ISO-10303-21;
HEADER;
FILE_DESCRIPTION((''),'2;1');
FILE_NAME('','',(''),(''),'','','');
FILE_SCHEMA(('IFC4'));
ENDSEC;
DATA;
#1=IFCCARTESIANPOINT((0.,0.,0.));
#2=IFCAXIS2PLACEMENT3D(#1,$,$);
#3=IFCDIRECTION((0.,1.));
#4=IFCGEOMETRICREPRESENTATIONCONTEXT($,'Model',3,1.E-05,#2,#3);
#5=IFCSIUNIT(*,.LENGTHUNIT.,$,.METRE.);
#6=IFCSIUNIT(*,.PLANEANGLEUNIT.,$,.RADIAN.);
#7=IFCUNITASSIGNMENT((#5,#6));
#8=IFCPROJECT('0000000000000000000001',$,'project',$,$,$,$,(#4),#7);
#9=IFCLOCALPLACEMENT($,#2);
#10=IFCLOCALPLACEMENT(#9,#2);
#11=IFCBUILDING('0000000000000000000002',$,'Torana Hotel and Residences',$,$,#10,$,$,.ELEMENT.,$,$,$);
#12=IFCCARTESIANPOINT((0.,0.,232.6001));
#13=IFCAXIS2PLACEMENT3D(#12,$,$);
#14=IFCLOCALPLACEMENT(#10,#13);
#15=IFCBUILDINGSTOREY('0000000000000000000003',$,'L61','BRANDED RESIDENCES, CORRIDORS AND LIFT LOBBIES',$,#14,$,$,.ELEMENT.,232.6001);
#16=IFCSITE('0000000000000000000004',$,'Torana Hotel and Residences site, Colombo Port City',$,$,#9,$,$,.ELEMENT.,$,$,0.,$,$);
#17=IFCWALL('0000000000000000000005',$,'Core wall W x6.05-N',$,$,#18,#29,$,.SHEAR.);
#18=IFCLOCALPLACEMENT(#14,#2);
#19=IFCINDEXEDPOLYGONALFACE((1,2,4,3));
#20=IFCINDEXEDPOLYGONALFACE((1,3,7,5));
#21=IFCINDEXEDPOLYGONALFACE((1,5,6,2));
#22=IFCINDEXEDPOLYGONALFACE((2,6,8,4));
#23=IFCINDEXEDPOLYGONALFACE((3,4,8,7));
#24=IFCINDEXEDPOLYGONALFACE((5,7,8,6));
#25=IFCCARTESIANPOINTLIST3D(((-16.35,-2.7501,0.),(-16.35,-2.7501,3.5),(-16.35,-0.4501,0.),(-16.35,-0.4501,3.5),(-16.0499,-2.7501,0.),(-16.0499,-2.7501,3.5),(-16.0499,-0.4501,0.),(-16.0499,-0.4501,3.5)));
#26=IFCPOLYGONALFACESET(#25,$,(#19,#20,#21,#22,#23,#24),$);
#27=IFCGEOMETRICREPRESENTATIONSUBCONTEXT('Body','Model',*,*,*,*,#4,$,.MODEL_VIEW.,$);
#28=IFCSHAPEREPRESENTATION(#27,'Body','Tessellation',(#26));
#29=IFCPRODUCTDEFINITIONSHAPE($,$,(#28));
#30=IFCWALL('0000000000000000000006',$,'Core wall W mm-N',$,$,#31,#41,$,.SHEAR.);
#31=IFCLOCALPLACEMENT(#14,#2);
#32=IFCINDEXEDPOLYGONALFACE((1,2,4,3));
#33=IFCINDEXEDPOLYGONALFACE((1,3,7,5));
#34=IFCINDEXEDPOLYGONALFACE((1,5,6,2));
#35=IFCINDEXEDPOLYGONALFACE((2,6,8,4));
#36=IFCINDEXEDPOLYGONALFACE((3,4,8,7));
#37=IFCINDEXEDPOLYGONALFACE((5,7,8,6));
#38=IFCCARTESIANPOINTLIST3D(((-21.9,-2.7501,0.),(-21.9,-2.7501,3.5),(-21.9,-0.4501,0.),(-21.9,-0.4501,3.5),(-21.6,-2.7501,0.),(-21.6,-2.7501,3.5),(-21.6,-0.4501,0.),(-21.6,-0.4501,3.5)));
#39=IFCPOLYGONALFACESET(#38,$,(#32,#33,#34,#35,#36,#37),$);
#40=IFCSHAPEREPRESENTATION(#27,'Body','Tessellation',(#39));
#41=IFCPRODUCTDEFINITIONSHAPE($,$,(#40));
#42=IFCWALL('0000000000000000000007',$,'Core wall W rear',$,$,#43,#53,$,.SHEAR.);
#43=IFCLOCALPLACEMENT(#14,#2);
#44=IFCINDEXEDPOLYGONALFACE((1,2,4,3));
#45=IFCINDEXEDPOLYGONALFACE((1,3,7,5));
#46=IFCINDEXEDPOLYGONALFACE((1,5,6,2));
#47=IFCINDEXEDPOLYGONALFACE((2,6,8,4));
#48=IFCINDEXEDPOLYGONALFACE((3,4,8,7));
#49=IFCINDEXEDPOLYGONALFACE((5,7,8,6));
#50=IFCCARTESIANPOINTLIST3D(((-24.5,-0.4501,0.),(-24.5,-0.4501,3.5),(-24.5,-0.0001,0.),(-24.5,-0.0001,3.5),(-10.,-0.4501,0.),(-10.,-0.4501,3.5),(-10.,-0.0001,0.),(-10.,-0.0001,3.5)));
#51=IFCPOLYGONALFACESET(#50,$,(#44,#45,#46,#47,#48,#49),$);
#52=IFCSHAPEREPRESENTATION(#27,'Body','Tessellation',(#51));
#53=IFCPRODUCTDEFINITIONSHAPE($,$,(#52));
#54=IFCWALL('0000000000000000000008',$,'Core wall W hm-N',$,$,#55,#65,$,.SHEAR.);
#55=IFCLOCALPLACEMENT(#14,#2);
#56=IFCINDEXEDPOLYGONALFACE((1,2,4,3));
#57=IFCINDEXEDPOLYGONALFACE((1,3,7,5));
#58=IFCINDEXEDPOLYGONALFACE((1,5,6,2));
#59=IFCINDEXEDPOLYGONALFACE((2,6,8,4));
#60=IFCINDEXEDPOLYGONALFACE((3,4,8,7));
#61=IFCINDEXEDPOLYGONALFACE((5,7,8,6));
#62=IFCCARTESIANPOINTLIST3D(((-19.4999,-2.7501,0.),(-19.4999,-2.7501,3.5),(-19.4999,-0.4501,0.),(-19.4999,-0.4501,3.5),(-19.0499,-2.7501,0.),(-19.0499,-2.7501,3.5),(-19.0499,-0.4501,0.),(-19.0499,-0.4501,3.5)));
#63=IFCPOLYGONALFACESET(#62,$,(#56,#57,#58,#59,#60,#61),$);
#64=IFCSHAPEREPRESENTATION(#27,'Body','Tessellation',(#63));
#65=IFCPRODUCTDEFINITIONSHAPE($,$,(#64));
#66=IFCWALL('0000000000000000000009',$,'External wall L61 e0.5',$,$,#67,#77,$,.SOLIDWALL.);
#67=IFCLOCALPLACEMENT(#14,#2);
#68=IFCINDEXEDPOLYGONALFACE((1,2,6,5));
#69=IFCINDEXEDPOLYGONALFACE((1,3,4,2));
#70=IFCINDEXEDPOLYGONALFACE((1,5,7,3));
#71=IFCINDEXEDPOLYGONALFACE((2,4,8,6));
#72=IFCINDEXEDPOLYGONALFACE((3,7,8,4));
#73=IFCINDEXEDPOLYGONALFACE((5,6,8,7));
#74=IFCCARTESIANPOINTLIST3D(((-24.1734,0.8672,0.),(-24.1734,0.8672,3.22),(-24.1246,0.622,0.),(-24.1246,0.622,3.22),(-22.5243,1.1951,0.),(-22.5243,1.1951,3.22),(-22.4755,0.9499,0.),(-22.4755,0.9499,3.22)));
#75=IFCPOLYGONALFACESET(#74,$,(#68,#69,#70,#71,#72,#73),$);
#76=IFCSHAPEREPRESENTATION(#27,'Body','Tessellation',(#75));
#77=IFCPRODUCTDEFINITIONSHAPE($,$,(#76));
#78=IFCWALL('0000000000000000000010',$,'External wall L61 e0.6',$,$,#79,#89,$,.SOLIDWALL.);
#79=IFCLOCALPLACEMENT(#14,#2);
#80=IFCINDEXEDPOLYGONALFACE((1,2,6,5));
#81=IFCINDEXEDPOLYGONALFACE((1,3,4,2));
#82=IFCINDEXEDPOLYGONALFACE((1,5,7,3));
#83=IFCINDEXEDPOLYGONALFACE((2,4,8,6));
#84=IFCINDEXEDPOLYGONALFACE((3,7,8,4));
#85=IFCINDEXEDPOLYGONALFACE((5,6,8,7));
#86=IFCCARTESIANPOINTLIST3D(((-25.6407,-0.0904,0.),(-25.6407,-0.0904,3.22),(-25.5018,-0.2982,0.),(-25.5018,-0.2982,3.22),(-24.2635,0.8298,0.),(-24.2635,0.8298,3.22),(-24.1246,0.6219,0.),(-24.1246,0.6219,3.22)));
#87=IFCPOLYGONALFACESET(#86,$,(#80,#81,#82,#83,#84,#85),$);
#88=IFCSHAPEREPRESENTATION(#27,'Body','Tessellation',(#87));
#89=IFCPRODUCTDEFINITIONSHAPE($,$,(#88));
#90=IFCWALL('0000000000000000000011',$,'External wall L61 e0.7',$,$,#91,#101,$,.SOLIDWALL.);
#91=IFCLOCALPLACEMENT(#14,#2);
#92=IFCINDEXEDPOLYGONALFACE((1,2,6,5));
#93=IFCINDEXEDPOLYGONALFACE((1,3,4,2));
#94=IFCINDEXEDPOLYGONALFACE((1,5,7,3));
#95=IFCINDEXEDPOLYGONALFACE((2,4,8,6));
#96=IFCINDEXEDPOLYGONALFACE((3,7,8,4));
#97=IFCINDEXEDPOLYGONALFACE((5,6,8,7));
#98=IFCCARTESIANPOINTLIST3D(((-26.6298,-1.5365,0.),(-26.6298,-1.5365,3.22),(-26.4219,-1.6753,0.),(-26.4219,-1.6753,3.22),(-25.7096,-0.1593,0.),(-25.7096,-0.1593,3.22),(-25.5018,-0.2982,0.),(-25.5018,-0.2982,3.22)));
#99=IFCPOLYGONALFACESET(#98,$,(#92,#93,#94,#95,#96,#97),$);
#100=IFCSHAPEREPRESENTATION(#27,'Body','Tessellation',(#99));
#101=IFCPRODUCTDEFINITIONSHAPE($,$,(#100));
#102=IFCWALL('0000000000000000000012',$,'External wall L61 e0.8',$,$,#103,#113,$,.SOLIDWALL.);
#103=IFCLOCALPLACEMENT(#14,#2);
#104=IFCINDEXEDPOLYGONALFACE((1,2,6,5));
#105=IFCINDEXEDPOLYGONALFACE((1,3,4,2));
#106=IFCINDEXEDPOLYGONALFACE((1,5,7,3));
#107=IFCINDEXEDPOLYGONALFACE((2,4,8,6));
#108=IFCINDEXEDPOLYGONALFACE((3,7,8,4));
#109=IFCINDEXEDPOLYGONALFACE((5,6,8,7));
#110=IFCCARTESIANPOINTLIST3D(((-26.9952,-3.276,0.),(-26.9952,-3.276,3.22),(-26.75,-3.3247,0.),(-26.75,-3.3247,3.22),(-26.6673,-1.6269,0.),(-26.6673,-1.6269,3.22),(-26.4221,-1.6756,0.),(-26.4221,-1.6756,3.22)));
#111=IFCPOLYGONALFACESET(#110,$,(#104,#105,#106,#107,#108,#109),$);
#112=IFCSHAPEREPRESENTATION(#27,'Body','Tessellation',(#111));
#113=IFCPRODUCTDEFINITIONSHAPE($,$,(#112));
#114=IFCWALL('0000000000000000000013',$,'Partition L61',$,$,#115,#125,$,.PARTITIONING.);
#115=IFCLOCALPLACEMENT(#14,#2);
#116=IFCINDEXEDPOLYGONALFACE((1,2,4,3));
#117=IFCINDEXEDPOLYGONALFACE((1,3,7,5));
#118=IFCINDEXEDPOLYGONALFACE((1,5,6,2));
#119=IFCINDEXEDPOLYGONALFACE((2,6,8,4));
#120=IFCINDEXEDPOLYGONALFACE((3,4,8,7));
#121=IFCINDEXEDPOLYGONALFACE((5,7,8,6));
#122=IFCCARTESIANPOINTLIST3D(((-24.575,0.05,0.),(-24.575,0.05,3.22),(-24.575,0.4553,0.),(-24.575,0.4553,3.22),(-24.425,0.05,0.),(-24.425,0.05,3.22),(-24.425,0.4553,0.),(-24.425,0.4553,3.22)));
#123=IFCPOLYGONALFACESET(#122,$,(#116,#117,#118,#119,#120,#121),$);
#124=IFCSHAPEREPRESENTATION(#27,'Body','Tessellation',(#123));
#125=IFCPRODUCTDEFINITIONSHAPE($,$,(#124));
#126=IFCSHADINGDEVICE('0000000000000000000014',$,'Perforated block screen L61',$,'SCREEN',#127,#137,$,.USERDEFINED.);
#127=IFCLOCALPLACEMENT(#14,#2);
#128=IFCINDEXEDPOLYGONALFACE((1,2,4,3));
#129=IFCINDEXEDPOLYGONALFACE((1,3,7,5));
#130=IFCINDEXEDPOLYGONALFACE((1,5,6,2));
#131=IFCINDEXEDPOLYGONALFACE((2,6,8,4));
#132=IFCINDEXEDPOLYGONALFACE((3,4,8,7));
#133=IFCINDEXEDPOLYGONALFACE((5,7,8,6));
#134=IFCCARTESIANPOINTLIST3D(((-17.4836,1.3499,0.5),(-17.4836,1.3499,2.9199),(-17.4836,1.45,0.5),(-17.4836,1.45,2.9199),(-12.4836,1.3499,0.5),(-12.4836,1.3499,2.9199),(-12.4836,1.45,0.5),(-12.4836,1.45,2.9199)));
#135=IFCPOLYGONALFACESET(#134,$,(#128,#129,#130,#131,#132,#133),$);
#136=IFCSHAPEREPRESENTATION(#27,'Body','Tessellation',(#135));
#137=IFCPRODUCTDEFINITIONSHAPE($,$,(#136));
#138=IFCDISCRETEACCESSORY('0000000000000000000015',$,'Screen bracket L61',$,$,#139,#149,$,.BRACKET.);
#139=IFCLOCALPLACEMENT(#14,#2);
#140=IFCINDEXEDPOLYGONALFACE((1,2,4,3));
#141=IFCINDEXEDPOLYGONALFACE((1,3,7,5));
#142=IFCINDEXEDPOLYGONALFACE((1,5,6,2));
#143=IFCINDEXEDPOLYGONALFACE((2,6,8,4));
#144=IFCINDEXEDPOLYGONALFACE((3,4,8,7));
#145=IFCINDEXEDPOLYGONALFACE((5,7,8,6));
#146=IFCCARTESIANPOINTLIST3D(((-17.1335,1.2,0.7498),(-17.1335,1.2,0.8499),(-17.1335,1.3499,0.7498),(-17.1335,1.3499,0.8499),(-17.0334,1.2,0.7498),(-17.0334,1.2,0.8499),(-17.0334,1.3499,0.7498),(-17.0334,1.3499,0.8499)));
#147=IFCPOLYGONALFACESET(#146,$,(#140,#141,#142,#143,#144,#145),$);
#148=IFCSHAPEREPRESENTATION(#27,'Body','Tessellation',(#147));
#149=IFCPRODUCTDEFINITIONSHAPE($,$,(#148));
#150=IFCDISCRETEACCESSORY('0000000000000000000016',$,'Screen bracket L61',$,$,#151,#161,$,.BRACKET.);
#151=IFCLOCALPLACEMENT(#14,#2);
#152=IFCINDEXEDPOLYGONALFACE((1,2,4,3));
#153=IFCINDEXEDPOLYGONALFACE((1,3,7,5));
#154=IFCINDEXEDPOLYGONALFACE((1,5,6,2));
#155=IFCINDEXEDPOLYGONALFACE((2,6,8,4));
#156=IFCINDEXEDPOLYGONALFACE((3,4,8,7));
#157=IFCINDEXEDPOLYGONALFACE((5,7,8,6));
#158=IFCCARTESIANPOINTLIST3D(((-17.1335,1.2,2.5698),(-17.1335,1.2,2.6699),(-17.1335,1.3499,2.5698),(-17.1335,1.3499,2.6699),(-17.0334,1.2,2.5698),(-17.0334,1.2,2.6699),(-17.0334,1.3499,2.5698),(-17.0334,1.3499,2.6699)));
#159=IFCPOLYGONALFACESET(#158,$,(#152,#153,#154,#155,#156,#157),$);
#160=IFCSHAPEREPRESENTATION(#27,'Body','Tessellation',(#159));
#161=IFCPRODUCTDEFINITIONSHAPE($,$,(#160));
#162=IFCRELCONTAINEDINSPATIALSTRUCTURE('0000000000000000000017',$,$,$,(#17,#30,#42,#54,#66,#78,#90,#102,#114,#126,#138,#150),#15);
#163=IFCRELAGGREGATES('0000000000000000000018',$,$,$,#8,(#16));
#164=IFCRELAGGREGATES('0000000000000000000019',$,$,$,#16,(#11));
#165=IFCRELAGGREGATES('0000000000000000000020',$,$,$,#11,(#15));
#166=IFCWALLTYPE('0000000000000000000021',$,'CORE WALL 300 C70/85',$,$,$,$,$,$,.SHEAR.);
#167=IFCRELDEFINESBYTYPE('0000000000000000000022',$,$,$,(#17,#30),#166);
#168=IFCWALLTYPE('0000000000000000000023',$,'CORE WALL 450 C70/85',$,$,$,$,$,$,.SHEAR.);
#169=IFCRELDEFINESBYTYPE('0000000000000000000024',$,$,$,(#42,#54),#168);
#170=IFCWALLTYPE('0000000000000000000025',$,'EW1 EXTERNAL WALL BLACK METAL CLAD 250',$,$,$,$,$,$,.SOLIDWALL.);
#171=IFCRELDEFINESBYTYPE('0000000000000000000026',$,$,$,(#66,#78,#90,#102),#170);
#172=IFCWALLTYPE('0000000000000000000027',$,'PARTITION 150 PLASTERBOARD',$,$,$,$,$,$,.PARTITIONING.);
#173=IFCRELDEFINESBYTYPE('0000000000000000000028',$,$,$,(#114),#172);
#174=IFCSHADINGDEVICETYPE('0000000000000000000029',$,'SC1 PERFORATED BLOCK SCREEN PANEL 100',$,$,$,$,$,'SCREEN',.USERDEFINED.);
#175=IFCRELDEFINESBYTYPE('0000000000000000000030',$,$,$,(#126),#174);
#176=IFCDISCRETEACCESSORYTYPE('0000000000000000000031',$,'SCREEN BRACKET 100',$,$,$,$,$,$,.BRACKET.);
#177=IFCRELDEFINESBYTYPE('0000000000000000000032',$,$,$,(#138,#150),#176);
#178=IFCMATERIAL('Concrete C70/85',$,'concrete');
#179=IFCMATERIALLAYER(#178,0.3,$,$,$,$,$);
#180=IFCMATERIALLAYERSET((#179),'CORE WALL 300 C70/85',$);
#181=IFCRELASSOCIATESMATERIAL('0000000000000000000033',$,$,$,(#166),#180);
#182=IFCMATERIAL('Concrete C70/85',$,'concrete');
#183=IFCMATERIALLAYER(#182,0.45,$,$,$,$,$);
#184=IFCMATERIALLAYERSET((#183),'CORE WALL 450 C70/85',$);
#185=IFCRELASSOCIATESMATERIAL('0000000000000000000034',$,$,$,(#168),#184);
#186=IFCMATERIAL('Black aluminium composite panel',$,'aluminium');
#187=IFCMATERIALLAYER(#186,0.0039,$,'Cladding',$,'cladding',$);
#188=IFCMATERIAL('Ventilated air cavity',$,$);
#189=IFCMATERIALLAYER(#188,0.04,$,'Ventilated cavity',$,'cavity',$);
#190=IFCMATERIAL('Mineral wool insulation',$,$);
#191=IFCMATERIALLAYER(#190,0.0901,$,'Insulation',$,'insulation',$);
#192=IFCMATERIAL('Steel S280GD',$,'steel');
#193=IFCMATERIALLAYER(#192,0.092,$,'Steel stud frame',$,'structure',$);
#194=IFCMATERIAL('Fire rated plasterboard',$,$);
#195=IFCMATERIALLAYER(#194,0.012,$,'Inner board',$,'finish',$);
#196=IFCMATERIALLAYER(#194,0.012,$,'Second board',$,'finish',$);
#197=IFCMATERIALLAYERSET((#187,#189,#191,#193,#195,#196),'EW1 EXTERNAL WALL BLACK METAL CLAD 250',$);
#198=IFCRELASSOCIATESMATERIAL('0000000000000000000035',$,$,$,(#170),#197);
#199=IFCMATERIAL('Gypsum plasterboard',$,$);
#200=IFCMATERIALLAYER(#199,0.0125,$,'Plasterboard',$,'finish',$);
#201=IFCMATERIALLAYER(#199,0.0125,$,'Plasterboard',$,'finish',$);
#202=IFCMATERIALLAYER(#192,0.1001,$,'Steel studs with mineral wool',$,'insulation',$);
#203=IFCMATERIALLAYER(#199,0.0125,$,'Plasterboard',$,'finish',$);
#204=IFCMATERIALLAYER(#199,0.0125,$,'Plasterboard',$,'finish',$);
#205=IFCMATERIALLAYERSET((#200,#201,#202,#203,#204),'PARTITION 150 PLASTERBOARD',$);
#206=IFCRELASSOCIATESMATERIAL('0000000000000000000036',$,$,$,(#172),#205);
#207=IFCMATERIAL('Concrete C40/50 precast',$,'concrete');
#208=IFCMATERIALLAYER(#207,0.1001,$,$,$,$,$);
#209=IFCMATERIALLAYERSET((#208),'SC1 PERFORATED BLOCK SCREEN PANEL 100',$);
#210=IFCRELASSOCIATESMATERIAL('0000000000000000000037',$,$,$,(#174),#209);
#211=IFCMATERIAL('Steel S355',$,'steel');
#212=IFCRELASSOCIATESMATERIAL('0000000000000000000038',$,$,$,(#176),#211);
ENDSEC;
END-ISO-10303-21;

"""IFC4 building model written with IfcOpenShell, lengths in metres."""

from ifc_helpers import new_model, si_unit, direction, frame, frame_2d, origin, origin_2d, place, context, subcontext, project, spatial, rectangle, extrude, material, layer, layer_set, type_object, element, save


model = new_model("IFC4")

# Units and contexts
model_context = context("Model", 3, precision=1e-05, world=origin(), true_north=direction((0.0, 1.0)))
body_context = subcontext(model_context, "Body", "Model", "MODEL_VIEW")
ifc_project = project(units=[si_unit("LENGTHUNIT", "METRE"), si_unit("PLANEANGLEUNIT", "RADIAN")], contexts=[model_context])

# Site, building, storey
site_placement = place(None, origin())
site = spatial("IfcSite", under=ifc_project, at=site_placement, Name="Torana Hotel and Residences site, Colombo Port City", CompositionType="ELEMENT", RefElevation=0.0)
building_placement = place(site_placement, origin())
building = spatial("IfcBuilding", under=site, at=building_placement, Name="Torana Hotel and Residences", CompositionType="ELEMENT")
storey_placement = place(building_placement, frame((0.0, 0.0, 232.6001)))
storey = spatial("IfcBuildingStorey", under=building, at=storey_placement, Name="L61", Description="BRANDED RESIDENCES, CORRIDORS AND LIFT LOBBIES", CompositionType="ELEMENT", Elevation=232.6001)

# Shared definitions
ifc_material_1 = material(Name="Concrete C70/85", Category="concrete")
ifc_layer_1 = layer(ifc_material_1, 0.3)
ifc_layer_set_1 = layer_set([ifc_layer_1], Name="CORE WALL 300 C70/85")
wall_type_1 = type_object("IfcWallType", Name="CORE WALL 300 C70/85", PredefinedType="SHEAR", material=ifc_layer_set_1)

# Walls
for number, where, z_axis, x_axis, name in (
    (1, (-16.2, -2.75, 0.0), (0.0, 0.0, 1.0), (0.0, 1.0, 0.0), "Core wall W x6.05-N"),
    (2, (-21.75, -2.75, 0.0), (0.0, 0.0, 1.0), (0.0, 1.0, 0.0), "Core wall W mm-N"),
):
    element("IfcWall", number, at=place(storey_placement, frame(where, z_axis=z_axis, x_axis=x_axis)), inside=storey, type_object=wall_type_1, Name=name, PredefinedType="SHEAR", context=body_context, shape_type="SweptSolid", body=[
        extrude(rectangle(XDim=2.3, YDim=0.3, at=frame_2d((1.1499, 0.0))), origin(), (0.0, 0.0, 1.0), 3.5),
    ])
ifc_material_2 = material(Name="Concrete C70/85", Category="concrete")
ifc_layer_2 = layer(ifc_material_2, 0.45)
ifc_layer_set_2 = layer_set([ifc_layer_2], Name="CORE WALL 450 C70/85")
wall_type_2 = type_object("IfcWallType", Name="CORE WALL 450 C70/85", PredefinedType="SHEAR", material=ifc_layer_set_2)
wall_1_placement = place(storey_placement, frame((-24.5, -0.2251, 0.0), z_axis=(0.0, 0.0, 1.0), x_axis=(1.0, 0.0, 0.0)))
element("IfcWall", 3, at=wall_1_placement, inside=storey, type_object=wall_type_2, Name="Core wall W rear", PredefinedType="SHEAR", context=body_context, shape_type="SweptSolid", body=[
    extrude(rectangle(XDim=14.5, YDim=0.45, at=frame_2d((7.25, 0.0))), origin(), (0.0, 0.0, 1.0), 3.5),
])
wall_2_placement = place(storey_placement, frame((-19.2749, -2.75, 0.0), z_axis=(0.0, 0.0, 1.0), x_axis=(0.0, 1.0, 0.0)))
element("IfcWall", 4, at=wall_2_placement, inside=storey, type_object=wall_type_2, Name="Core wall W hm-N", PredefinedType="SHEAR", context=body_context, shape_type="SweptSolid", body=[
    extrude(rectangle(XDim=2.3, YDim=0.45, at=frame_2d((1.1499, 0.0))), origin(), (0.0, 0.0, 1.0), 3.5),
])
ifc_material_3 = material(Name="Black aluminium composite panel", Category="aluminium")
ifc_layer_3 = layer(ifc_material_3, 0.0039, Name="Cladding", Category="cladding")
ifc_material_4 = material(Name="Ventilated air cavity")
ifc_layer_4 = layer(ifc_material_4, 0.04, Name="Ventilated cavity", Category="cavity")
ifc_material_5 = material(Name="Mineral wool insulation")
ifc_layer_5 = layer(ifc_material_5, 0.0901, Name="Insulation", Category="insulation")
ifc_material_6 = material(Name="Steel S280GD", Category="steel")
ifc_layer_6 = layer(ifc_material_6, 0.092, Name="Steel stud frame", Category="structure")
ifc_material_7 = material(Name="Fire rated plasterboard")
ifc_layer_7 = layer(ifc_material_7, 0.012, Name="Inner board", Category="finish")
ifc_layer_8 = layer(ifc_material_7, 0.012, Name="Second board", Category="finish")
ifc_layer_set_3 = layer_set([ifc_layer_3, ifc_layer_4, ifc_layer_5, ifc_layer_6, ifc_layer_7, ifc_layer_8], Name="EW1 EXTERNAL WALL BLACK METAL CLAD 250")
wall_type_3 = type_object("IfcWallType", Name="EW1 EXTERNAL WALL BLACK METAL CLAD 250", PredefinedType="SOLIDWALL", material=ifc_layer_set_3)
wall_3_placement = place(storey_placement, frame((-22.4998, 1.0725, 0.0), z_axis=(0.0, 0.0, 1.0), x_axis=(-0.980803, -0.194999, 0.0)))
element("IfcWall", 5, at=wall_3_placement, inside=storey, type_object=wall_type_3, Name="External wall L61 e0.5", PredefinedType="SOLIDWALL", context=body_context, shape_type="SweptSolid", body=[
    extrude(rectangle(XDim=1.6814, YDim=0.25, at=frame_2d((0.8408, 0.0))), origin(), (0.0, 0.0, 1.0), 3.22),
])
for number, where, z_axis, x_axis, name in (
    (6, (-24.1941, 0.7258, 0.0), (0.0, 0.0, 1.0), (-0.831483, -0.55555, 0.0), "External wall L61 e0.6"),
    (7, (-25.6057, -0.2288, 0.0), (0.0, 0.0, 1.0), (-0.55555, -0.831483, 0.0), "External wall L61 e0.7"),
):
    element("IfcWall", number, at=place(storey_placement, frame(where, z_axis=z_axis, x_axis=x_axis)), inside=storey, type_object=wall_type_3, Name=name, PredefinedType="SOLIDWALL", context=body_context, shape_type="SweptSolid", body=[
        extrude(rectangle(XDim=1.6562, YDim=0.25, at=frame_2d((0.8281, 0.0))), origin(), (0.0, 0.0, 1.0), 3.22),
    ])
wall_4_placement = place(storey_placement, frame((-26.5447, -1.6511, 0.0), z_axis=(0.0, 0.0, 1.0), x_axis=(-0.194999, -0.980803, 0.0)))
element("IfcWall", 8, at=wall_4_placement, inside=storey, type_object=wall_type_3, Name="External wall L61 e0.8", PredefinedType="SOLIDWALL", context=body_context, shape_type="SweptSolid", body=[
    extrude(rectangle(XDim=1.6814, YDim=0.25, at=frame_2d((0.8408, 0.0))), origin(), (0.0, 0.0, 1.0), 3.22),
])

# Wall
ifc_material_8 = material(Name="Gypsum plasterboard")
ifc_layer_9 = layer(ifc_material_8, 0.0125, Name="Plasterboard", Category="finish")
ifc_layer_10 = layer(ifc_material_8, 0.0125, Name="Plasterboard", Category="finish")
ifc_layer_11 = layer(ifc_material_6, 0.1001, Name="Steel studs with mineral wool", Category="insulation")
ifc_layer_12 = layer(ifc_material_8, 0.0125, Name="Plasterboard", Category="finish")
ifc_layer_13 = layer(ifc_material_8, 0.0125, Name="Plasterboard", Category="finish")
ifc_layer_set_4 = layer_set([ifc_layer_9, ifc_layer_10, ifc_layer_11, ifc_layer_12, ifc_layer_13], Name="PARTITION 150 PLASTERBOARD")
wall_type_4 = type_object("IfcWallType", Name="PARTITION 150 PLASTERBOARD", PredefinedType="PARTITIONING", material=ifc_layer_set_4)
wall_5_placement = place(storey_placement, frame((-24.5, 0.05, 0.0), z_axis=(0.0, 0.0, 1.0), x_axis=(0.0, 1.0, 0.0)))
element("IfcWall", 9, at=wall_5_placement, inside=storey, type_object=wall_type_4, Name="Partition L61", PredefinedType="PARTITIONING", context=body_context, shape_type="SweptSolid", body=[
    extrude(rectangle(XDim=0.4053, YDim=0.1499, at=frame_2d((0.2026, 0.0))), origin(), (0.0, 0.0, 1.0), 3.22),
])

# Shading device
ifc_material_9 = material(Name="Concrete C40/50 precast", Category="concrete")
ifc_layer_14 = layer(ifc_material_9, 0.1001)
ifc_layer_set_5 = layer_set([ifc_layer_14], Name="SC1 PERFORATED BLOCK SCREEN PANEL 100")
shading_device_type = type_object("IfcShadingDeviceType", Name="SC1 PERFORATED BLOCK SCREEN PANEL 100", ElementType="SCREEN", PredefinedType="USERDEFINED", material=ifc_layer_set_5)
shading_device_placement = place(storey_placement, frame((-14.9836, 1.3999, 0.5), z_axis=(0.0, 0.0, 1.0), x_axis=(-1.0, 0.0, 0.0)))
element("IfcShadingDevice", 10, at=shading_device_placement, inside=storey, type_object=shading_device_type, Name="Perforated block screen L61", ObjectType="SCREEN", PredefinedType="USERDEFINED", context=body_context, shape_type="SweptSolid", body=[
    extrude(rectangle(XDim=5.0, YDim=0.1001, at=origin_2d()), origin(), (0.0, 0.0, 1.0), 2.4199),
])

# Discrete accessories
ifc_material_10 = material(Name="Steel S355", Category="steel")
discrete_accessory_type = type_object("IfcDiscreteAccessoryType", Name="SCREEN BRACKET 100", PredefinedType="BRACKET", material=ifc_material_10)
for number, where, z_axis, x_axis, name in (
    (11, (-17.0835, 1.2749, 0.7498), (0.0, 0.0, 1.0), (-1.0, 0.0, 0.0), "Screen bracket L61"),
    (12, (-17.0835, 1.2749, 2.5698), (0.0, 0.0, 1.0), (-1.0, 0.0, 0.0), "Screen bracket L61"),
):
    element("IfcDiscreteAccessory", number, at=place(storey_placement, frame(where, z_axis=z_axis, x_axis=x_axis)), inside=storey, type_object=discrete_accessory_type, Name=name, PredefinedType="BRACKET", context=body_context, shape_type="SweptSolid", body=[
        extrude(rectangle(XDim=0.1001, YDim=0.1499, at=origin_2d()), origin(), (0.0, 0.0, 1.0), 0.1001),
    ])

save(model, "model.ifc")
